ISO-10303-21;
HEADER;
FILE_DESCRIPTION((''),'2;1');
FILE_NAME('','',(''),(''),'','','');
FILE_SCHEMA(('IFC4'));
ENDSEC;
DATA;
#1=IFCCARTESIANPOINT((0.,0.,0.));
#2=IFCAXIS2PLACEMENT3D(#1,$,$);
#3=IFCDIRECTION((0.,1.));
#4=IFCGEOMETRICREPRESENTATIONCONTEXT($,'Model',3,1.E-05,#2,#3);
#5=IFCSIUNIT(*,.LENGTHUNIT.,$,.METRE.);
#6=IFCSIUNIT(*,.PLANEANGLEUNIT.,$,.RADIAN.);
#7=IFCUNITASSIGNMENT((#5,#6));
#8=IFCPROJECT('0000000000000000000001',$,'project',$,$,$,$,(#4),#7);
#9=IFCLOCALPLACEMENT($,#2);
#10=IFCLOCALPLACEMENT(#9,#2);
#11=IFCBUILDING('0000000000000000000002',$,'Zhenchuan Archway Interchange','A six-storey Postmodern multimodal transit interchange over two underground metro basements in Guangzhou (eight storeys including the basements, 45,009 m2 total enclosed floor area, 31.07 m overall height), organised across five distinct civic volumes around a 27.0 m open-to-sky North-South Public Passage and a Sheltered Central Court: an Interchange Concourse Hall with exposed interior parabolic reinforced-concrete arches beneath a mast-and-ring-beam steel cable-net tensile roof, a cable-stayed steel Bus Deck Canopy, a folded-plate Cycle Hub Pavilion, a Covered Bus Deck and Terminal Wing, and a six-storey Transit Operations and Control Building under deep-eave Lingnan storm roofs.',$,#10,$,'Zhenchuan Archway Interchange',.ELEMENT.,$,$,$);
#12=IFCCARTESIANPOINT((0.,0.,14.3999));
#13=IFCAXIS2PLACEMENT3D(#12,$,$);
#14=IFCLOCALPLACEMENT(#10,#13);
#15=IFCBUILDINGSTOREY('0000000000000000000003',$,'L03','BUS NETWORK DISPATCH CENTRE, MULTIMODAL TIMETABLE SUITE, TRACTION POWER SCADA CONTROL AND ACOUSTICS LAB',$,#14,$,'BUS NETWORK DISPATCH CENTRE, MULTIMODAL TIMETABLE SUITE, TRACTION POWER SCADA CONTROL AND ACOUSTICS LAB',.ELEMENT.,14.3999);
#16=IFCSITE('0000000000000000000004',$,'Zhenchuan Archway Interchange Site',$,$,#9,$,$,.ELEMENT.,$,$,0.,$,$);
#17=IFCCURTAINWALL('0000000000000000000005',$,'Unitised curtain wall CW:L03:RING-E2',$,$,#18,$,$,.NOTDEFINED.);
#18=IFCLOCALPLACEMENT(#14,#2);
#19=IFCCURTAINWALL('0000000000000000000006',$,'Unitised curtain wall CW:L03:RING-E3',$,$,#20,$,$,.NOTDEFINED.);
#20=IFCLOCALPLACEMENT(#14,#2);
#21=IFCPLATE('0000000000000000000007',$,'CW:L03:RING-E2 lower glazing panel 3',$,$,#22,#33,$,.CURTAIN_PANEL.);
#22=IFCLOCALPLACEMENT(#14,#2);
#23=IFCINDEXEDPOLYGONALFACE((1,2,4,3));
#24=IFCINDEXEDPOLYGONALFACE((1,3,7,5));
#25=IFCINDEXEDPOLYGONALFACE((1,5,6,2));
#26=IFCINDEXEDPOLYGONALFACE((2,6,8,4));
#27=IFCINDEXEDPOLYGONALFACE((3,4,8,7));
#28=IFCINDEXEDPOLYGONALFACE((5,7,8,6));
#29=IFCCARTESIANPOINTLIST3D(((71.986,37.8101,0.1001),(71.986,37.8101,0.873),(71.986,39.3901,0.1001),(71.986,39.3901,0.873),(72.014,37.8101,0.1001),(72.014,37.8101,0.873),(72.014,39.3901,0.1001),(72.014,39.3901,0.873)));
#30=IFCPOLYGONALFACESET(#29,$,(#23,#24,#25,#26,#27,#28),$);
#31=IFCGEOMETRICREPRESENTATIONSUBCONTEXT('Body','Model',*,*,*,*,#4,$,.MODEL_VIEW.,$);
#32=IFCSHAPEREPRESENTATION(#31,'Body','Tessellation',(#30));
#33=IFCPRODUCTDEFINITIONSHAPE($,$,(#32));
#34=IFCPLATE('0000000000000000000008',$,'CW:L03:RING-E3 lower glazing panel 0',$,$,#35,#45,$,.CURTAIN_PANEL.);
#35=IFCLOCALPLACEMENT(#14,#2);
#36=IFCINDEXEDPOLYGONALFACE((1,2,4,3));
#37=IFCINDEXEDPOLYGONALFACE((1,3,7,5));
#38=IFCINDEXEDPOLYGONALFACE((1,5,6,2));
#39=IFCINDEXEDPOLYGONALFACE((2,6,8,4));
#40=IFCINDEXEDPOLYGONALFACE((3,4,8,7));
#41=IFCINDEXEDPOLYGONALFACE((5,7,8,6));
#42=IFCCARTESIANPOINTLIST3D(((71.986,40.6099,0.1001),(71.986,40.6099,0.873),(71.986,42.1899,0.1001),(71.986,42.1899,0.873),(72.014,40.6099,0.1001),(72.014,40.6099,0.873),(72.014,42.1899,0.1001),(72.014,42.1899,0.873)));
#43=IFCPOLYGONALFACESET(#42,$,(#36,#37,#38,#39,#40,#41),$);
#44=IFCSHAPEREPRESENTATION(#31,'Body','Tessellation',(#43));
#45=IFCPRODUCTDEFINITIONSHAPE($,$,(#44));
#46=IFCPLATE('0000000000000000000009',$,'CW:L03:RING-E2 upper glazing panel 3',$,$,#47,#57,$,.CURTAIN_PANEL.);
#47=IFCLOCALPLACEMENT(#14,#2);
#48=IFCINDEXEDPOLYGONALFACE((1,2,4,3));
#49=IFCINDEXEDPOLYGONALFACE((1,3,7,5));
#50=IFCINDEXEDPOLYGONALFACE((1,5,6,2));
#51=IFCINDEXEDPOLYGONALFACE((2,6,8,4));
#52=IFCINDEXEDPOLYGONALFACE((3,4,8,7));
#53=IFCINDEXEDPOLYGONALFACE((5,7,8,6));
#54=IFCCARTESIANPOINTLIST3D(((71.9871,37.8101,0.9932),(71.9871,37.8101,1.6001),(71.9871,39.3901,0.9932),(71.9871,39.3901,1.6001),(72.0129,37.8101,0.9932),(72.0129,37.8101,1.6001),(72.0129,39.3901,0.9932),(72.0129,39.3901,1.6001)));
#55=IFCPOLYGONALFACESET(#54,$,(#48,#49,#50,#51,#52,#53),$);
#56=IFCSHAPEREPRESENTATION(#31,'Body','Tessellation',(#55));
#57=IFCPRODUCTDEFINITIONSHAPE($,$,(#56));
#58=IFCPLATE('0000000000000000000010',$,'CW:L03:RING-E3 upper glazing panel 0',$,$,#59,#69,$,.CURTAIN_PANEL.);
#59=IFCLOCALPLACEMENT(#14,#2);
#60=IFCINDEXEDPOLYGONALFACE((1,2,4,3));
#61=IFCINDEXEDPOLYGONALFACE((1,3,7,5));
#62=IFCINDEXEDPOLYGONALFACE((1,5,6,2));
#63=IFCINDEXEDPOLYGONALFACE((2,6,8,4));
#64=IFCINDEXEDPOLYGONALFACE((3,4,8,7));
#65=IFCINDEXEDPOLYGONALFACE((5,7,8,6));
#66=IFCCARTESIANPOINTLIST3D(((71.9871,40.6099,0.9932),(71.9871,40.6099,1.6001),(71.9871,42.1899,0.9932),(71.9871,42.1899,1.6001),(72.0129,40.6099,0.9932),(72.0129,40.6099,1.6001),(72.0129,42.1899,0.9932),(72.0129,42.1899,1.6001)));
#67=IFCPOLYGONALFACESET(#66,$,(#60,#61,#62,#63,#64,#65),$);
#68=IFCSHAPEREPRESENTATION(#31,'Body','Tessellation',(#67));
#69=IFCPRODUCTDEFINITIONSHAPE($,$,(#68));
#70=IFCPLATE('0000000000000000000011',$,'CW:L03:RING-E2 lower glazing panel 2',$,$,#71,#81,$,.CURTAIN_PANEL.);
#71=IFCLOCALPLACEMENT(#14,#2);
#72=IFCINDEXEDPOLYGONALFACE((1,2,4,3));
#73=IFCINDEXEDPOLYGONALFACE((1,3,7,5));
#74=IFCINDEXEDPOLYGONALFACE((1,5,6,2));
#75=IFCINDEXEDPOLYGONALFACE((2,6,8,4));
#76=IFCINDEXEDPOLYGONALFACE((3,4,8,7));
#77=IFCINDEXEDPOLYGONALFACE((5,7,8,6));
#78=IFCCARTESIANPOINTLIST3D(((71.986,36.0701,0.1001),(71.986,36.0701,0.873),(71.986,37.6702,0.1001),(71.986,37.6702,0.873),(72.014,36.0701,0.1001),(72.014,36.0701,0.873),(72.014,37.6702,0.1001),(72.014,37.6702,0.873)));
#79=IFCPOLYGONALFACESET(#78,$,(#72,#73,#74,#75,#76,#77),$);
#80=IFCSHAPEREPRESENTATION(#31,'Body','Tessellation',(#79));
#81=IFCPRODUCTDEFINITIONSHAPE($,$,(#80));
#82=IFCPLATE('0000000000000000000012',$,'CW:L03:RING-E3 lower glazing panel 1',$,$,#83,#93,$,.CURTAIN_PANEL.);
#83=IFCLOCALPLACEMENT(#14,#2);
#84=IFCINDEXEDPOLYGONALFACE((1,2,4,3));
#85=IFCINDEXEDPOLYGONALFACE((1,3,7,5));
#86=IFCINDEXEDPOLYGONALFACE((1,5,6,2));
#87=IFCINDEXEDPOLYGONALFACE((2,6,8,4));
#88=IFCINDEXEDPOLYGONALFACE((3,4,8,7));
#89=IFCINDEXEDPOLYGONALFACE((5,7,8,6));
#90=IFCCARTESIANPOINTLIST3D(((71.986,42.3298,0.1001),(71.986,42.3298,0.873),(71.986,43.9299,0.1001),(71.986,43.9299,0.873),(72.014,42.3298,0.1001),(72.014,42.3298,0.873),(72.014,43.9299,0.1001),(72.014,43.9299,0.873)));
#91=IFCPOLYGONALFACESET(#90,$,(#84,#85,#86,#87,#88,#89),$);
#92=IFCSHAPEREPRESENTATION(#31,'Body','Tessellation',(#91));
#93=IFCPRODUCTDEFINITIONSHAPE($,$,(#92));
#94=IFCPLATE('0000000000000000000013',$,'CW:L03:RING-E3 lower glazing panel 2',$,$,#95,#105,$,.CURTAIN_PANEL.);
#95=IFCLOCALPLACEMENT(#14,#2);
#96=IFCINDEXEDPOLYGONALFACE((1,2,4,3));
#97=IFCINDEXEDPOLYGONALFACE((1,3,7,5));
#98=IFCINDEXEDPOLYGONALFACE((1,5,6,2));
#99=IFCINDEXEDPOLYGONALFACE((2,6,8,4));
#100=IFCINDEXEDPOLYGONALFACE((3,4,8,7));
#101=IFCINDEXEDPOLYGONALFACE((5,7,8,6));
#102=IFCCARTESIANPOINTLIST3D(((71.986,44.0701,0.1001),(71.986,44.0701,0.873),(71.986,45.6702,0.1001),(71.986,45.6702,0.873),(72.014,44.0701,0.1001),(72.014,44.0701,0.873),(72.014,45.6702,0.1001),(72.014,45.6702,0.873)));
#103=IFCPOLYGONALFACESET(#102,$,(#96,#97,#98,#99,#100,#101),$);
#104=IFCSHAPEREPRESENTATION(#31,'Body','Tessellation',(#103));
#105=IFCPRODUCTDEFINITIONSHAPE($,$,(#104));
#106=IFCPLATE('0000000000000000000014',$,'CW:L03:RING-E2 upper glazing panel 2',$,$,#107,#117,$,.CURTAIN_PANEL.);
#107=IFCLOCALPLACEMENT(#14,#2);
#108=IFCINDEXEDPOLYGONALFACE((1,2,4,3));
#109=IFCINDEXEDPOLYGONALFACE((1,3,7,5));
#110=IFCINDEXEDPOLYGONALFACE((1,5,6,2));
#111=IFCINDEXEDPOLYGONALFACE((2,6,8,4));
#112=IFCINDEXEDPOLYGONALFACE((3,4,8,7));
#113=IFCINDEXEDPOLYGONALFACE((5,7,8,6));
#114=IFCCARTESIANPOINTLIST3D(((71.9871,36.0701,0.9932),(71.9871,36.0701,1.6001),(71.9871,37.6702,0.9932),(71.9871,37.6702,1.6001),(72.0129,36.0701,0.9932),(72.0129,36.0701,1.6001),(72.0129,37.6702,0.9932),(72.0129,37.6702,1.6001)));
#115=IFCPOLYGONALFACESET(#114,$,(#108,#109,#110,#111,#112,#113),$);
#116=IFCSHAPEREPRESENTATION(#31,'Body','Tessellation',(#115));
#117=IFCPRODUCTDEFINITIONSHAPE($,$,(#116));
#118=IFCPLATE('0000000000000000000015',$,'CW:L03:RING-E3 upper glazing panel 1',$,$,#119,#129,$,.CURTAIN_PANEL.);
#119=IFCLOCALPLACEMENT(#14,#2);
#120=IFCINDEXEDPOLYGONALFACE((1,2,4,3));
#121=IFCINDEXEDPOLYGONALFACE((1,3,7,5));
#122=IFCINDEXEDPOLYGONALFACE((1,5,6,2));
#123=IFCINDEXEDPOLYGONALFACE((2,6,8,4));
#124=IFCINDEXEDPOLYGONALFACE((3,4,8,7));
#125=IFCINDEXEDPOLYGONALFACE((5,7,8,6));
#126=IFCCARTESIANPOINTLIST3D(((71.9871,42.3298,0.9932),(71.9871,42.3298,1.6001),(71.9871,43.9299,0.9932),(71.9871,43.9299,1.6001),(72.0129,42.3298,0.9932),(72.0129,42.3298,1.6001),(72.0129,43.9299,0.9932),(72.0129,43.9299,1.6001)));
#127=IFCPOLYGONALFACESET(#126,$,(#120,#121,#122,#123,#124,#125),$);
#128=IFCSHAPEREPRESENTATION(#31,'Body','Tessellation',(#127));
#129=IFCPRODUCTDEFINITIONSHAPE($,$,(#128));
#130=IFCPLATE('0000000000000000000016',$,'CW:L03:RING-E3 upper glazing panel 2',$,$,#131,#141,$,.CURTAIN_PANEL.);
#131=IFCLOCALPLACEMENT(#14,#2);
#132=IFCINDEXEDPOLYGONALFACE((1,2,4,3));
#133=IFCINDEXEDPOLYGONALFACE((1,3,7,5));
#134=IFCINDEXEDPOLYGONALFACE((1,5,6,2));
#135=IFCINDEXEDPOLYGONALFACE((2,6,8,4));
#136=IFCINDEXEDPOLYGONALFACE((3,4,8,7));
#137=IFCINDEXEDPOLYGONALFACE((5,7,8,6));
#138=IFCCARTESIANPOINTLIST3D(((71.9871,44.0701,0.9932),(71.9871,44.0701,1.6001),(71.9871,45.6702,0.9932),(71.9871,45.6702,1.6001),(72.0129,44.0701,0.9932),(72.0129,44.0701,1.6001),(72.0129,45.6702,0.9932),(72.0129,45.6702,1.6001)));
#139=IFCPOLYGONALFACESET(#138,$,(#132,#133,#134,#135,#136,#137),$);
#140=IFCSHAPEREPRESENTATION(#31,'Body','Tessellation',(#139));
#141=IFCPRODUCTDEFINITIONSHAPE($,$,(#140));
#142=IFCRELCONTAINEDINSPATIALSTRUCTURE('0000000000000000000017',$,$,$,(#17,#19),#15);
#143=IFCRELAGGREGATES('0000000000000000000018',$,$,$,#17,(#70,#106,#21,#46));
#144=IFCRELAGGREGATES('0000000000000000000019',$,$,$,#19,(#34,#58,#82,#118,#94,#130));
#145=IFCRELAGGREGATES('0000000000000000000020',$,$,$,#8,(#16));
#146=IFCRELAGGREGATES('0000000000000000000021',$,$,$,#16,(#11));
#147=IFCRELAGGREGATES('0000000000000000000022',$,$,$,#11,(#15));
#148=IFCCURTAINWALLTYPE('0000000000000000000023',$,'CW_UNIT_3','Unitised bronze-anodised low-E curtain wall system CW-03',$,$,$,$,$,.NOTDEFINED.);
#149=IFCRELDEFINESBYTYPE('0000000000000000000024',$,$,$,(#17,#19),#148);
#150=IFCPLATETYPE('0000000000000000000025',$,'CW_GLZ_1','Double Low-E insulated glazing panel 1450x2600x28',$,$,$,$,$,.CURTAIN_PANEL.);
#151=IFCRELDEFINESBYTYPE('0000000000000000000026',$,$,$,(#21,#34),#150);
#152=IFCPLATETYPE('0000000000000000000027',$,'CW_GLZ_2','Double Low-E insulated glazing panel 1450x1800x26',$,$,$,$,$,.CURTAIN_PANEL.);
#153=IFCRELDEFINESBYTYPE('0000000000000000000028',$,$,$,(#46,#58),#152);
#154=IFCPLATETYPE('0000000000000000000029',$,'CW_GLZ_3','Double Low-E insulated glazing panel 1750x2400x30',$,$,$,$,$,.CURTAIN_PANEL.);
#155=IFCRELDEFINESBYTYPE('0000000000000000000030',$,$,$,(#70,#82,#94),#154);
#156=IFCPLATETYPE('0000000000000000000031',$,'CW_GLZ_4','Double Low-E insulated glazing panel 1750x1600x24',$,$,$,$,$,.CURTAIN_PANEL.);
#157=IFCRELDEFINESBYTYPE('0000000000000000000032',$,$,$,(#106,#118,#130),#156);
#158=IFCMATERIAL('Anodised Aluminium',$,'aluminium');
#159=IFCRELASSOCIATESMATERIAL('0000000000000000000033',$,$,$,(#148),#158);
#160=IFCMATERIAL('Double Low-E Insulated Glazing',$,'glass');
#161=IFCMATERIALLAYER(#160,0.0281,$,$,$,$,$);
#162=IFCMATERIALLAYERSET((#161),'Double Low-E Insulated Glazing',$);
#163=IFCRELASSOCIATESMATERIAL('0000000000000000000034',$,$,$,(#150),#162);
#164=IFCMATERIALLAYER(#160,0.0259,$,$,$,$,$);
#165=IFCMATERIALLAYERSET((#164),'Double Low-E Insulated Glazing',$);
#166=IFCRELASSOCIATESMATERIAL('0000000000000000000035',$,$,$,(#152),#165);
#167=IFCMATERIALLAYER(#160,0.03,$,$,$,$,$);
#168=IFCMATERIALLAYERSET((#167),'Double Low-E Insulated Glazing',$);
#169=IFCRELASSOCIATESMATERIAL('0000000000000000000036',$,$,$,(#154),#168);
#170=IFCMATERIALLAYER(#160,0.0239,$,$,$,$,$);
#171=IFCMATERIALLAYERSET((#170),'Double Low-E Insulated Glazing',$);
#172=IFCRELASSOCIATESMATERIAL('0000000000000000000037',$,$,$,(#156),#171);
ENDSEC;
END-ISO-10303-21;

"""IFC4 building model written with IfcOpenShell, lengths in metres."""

from ifc_helpers import new_model, si_unit, direction, frame, origin, origin_2d, place, context, subcontext, project, spatial, rectangle, extrude, material, layer, layer_set, type_object, element, aggregate, save


model = new_model("IFC4")

# Units and contexts
model_context = context("Model", 3, precision=1e-05, world=origin(), true_north=direction((0.0, 1.0)))
body_context = subcontext(model_context, "Body", "Model", "MODEL_VIEW")
ifc_project = project(units=[si_unit("LENGTHUNIT", "METRE"), si_unit("PLANEANGLEUNIT", "RADIAN")], contexts=[model_context])

# Site, building, storey
site_placement = place(None, origin())
site = spatial("IfcSite", under=ifc_project, at=site_placement, Name="Zhenchuan Archway Interchange Site", CompositionType="ELEMENT", RefElevation=0.0)
building_placement = place(site_placement, origin())
building = spatial("IfcBuilding", under=site, at=building_placement, Name="Zhenchuan Archway Interchange", Description="A six-storey Postmodern multimodal transit interchange over two underground metro basements in Guangzhou (eight storeys including the basements, 45,009 m2 total enclosed floor area, 31.07 m overall height), organised across five distinct civic volumes around a 27.0 m open-to-sky North-South Public Passage and a Sheltered Central Court: an Interchange Concourse Hall with exposed interior parabolic reinforced-concrete arches beneath a mast-and-ring-beam steel cable-net tensile roof, a cable-stayed steel Bus Deck Canopy, a folded-plate Cycle Hub Pavilion, a Covered Bus Deck and Terminal Wing, and a six-storey Transit Operations and Control Building under deep-eave Lingnan storm roofs.", LongName="Zhenchuan Archway Interchange", CompositionType="ELEMENT")
storey_placement = place(building_placement, frame((0.0, 0.0, 14.3999)))
storey = spatial("IfcBuildingStorey", under=building, at=storey_placement, Name="L03", Description="BUS NETWORK DISPATCH CENTRE, MULTIMODAL TIMETABLE SUITE, TRACTION POWER SCADA CONTROL AND ACOUSTICS LAB", LongName="BUS NETWORK DISPATCH CENTRE, MULTIMODAL TIMETABLE SUITE, TRACTION POWER SCADA CONTROL AND ACOUSTICS LAB", CompositionType="ELEMENT", Elevation=14.3999)

# Curtain walls
ifc_material_1 = material(Name="Anodised Aluminium", Category="aluminium")
curtain_wall_type = type_object("IfcCurtainWallType", Name="CW_UNIT_3", Description="Unitised bronze-anodised low-E curtain wall system CW-03", PredefinedType="NOTDEFINED", material=ifc_material_1)
curtain_wall_1_placement = place(storey_placement, origin())
curtain_wall_1 = element("IfcCurtainWall", 1, at=curtain_wall_1_placement, inside=storey, type_object=curtain_wall_type, Name="Unitised curtain wall CW:L03:RING-E2", PredefinedType="NOTDEFINED")
curtain_wall_2_placement = place(storey_placement, origin())
curtain_wall_2 = element("IfcCurtainWall", 2, at=curtain_wall_2_placement, inside=storey, type_object=curtain_wall_type, Name="Unitised curtain wall CW:L03:RING-E3", PredefinedType="NOTDEFINED")

# Plates
ifc_material_2 = material(Name="Double Low-E Insulated Glazing", Category="glass")
ifc_layer_1 = layer(ifc_material_2, 0.0281)
ifc_layer_set_1 = layer_set([ifc_layer_1], Name="Double Low-E Insulated Glazing")
plate_type_1 = type_object("IfcPlateType", Name="CW_GLZ_1", Description="Double Low-E insulated glazing panel 1450x2600x28", PredefinedType="CURTAIN_PANEL", material=ifc_layer_set_1)
plate_1_placement = place(storey_placement, frame((72.0, 38.6001, 0.1001), z_axis=(0.0, 0.0, 1.0), x_axis=(0.0, 1.0, 0.0)))
plate_1 = element("IfcPlate", 3, at=plate_1_placement, type_object=plate_type_1, Name="CW:L03:RING-E2 lower glazing panel 3", PredefinedType="CURTAIN_PANEL", context=body_context, shape_type="SweptSolid", body=[
    extrude(rectangle(XDim=1.5801, YDim=0.0281, at=origin_2d()), origin(), (0.0, 0.0, 1.0), 0.7729),
])
plate_2_placement = place(storey_placement, frame((72.0, 41.3999, 0.1001), z_axis=(0.0, 0.0, 1.0), x_axis=(0.0, 1.0, 0.0)))
plate_2 = element("IfcPlate", 4, at=plate_2_placement, type_object=plate_type_1, Name="CW:L03:RING-E3 lower glazing panel 0", PredefinedType="CURTAIN_PANEL", context=body_context, shape_type="SweptSolid", body=[
    extrude(rectangle(XDim=1.5801, YDim=0.0281, at=origin_2d()), origin(), (0.0, 0.0, 1.0), 0.7729),
])
ifc_layer_2 = layer(ifc_material_2, 0.0259)
ifc_layer_set_2 = layer_set([ifc_layer_2], Name="Double Low-E Insulated Glazing")
plate_type_2 = type_object("IfcPlateType", Name="CW_GLZ_2", Description="Double Low-E insulated glazing panel 1450x1800x26", PredefinedType="CURTAIN_PANEL", material=ifc_layer_set_2)
plate_3_placement = place(storey_placement, frame((72.0, 38.6001, 0.9932), z_axis=(0.0, 0.0, 1.0), x_axis=(0.0, 1.0, 0.0)))
plate_3 = element("IfcPlate", 5, at=plate_3_placement, type_object=plate_type_2, Name="CW:L03:RING-E2 upper glazing panel 3", PredefinedType="CURTAIN_PANEL", context=body_context, shape_type="SweptSolid", body=[
    extrude(rectangle(XDim=1.5801, YDim=0.0259, at=origin_2d()), origin(), (0.0, 0.0, 1.0), 0.6069),
])
plate_4_placement = place(storey_placement, frame((72.0, 41.3999, 0.9932), z_axis=(0.0, 0.0, 1.0), x_axis=(0.0, 1.0, 0.0)))
plate_4 = element("IfcPlate", 6, at=plate_4_placement, type_object=plate_type_2, Name="CW:L03:RING-E3 upper glazing panel 0", PredefinedType="CURTAIN_PANEL", context=body_context, shape_type="SweptSolid", body=[
    extrude(rectangle(XDim=1.5801, YDim=0.0259, at=origin_2d()), origin(), (0.0, 0.0, 1.0), 0.6069),
])
ifc_layer_3 = layer(ifc_material_2, 0.03)
ifc_layer_set_3 = layer_set([ifc_layer_3], Name="Double Low-E Insulated Glazing")
plate_type_3 = type_object("IfcPlateType", Name="CW_GLZ_3", Description="Double Low-E insulated glazing panel 1750x2400x30", PredefinedType="CURTAIN_PANEL", material=ifc_layer_set_3)
plate_5_placement = place(storey_placement, frame((72.0, 36.8701, 0.1001), z_axis=(0.0, 0.0, 1.0), x_axis=(0.0, 1.0, 0.0)))
plate_5 = element("IfcPlate", 7, at=plate_5_placement, type_object=plate_type_3, Name="CW:L03:RING-E2 lower glazing panel 2", PredefinedType="CURTAIN_PANEL", context=body_context, shape_type="SweptSolid", body=[
    extrude(rectangle(XDim=1.6001, YDim=0.0281, at=origin_2d()), origin(), (0.0, 0.0, 1.0), 0.7729),
])
plate_6_placement = place(storey_placement, frame((72.0, 43.1299, 0.1001), z_axis=(0.0, 0.0, 1.0), x_axis=(0.0, 1.0, 0.0)))
plate_6 = element("IfcPlate", 8, at=plate_6_placement, type_object=plate_type_3, Name="CW:L03:RING-E3 lower glazing panel 1", PredefinedType="CURTAIN_PANEL", context=body_context, shape_type="SweptSolid", body=[
    extrude(rectangle(XDim=1.6001, YDim=0.0281, at=origin_2d()), origin(), (0.0, 0.0, 1.0), 0.7729),
])
plate_7_placement = place(storey_placement, frame((72.0, 44.8701, 0.1001), z_axis=(0.0, 0.0, 1.0), x_axis=(0.0, 1.0, 0.0)))
plate_7 = element("IfcPlate", 9, at=plate_7_placement, type_object=plate_type_3, Name="CW:L03:RING-E3 lower glazing panel 2", PredefinedType="CURTAIN_PANEL", context=body_context, shape_type="SweptSolid", body=[
    extrude(rectangle(XDim=1.6001, YDim=0.0281, at=origin_2d()), origin(), (0.0, 0.0, 1.0), 0.7729),
])
ifc_layer_4 = layer(ifc_material_2, 0.0239)
ifc_layer_set_4 = layer_set([ifc_layer_4], Name="Double Low-E Insulated Glazing")
plate_type_4 = type_object("IfcPlateType", Name="CW_GLZ_4", Description="Double Low-E insulated glazing panel 1750x1600x24", PredefinedType="CURTAIN_PANEL", material=ifc_layer_set_4)
plate_8_placement = place(storey_placement, frame((72.0, 36.8701, 0.9932), z_axis=(0.0, 0.0, 1.0), x_axis=(0.0, 1.0, 0.0)))
plate_8 = element("IfcPlate", 10, at=plate_8_placement, type_object=plate_type_4, Name="CW:L03:RING-E2 upper glazing panel 2", PredefinedType="CURTAIN_PANEL", context=body_context, shape_type="SweptSolid", body=[
    extrude(rectangle(XDim=1.6001, YDim=0.0259, at=origin_2d()), origin(), (0.0, 0.0, 1.0), 0.6069),
])
aggregate(curtain_wall_1, [plate_5, plate_8, plate_1, plate_3])
plate_9_placement = place(storey_placement, frame((72.0, 43.1299, 0.9932), z_axis=(0.0, 0.0, 1.0), x_axis=(0.0, 1.0, 0.0)))
plate_9 = element("IfcPlate", 11, at=plate_9_placement, type_object=plate_type_4, Name="CW:L03:RING-E3 upper glazing panel 1", PredefinedType="CURTAIN_PANEL", context=body_context, shape_type="SweptSolid", body=[
    extrude(rectangle(XDim=1.6001, YDim=0.0259, at=origin_2d()), origin(), (0.0, 0.0, 1.0), 0.6069),
])
plate_10_placement = place(storey_placement, frame((72.0, 44.8701, 0.9932), z_axis=(0.0, 0.0, 1.0), x_axis=(0.0, 1.0, 0.0)))
plate_10 = element("IfcPlate", 12, at=plate_10_placement, type_object=plate_type_4, Name="CW:L03:RING-E3 upper glazing panel 2", PredefinedType="CURTAIN_PANEL", context=body_context, shape_type="SweptSolid", body=[
    extrude(rectangle(XDim=1.6001, YDim=0.0259, at=origin_2d()), origin(), (0.0, 0.0, 1.0), 0.6069),
])
aggregate(curtain_wall_2, [plate_2, plate_4, plate_6, plate_9, plate_7, plate_10])

save(model, "model.ifc")
